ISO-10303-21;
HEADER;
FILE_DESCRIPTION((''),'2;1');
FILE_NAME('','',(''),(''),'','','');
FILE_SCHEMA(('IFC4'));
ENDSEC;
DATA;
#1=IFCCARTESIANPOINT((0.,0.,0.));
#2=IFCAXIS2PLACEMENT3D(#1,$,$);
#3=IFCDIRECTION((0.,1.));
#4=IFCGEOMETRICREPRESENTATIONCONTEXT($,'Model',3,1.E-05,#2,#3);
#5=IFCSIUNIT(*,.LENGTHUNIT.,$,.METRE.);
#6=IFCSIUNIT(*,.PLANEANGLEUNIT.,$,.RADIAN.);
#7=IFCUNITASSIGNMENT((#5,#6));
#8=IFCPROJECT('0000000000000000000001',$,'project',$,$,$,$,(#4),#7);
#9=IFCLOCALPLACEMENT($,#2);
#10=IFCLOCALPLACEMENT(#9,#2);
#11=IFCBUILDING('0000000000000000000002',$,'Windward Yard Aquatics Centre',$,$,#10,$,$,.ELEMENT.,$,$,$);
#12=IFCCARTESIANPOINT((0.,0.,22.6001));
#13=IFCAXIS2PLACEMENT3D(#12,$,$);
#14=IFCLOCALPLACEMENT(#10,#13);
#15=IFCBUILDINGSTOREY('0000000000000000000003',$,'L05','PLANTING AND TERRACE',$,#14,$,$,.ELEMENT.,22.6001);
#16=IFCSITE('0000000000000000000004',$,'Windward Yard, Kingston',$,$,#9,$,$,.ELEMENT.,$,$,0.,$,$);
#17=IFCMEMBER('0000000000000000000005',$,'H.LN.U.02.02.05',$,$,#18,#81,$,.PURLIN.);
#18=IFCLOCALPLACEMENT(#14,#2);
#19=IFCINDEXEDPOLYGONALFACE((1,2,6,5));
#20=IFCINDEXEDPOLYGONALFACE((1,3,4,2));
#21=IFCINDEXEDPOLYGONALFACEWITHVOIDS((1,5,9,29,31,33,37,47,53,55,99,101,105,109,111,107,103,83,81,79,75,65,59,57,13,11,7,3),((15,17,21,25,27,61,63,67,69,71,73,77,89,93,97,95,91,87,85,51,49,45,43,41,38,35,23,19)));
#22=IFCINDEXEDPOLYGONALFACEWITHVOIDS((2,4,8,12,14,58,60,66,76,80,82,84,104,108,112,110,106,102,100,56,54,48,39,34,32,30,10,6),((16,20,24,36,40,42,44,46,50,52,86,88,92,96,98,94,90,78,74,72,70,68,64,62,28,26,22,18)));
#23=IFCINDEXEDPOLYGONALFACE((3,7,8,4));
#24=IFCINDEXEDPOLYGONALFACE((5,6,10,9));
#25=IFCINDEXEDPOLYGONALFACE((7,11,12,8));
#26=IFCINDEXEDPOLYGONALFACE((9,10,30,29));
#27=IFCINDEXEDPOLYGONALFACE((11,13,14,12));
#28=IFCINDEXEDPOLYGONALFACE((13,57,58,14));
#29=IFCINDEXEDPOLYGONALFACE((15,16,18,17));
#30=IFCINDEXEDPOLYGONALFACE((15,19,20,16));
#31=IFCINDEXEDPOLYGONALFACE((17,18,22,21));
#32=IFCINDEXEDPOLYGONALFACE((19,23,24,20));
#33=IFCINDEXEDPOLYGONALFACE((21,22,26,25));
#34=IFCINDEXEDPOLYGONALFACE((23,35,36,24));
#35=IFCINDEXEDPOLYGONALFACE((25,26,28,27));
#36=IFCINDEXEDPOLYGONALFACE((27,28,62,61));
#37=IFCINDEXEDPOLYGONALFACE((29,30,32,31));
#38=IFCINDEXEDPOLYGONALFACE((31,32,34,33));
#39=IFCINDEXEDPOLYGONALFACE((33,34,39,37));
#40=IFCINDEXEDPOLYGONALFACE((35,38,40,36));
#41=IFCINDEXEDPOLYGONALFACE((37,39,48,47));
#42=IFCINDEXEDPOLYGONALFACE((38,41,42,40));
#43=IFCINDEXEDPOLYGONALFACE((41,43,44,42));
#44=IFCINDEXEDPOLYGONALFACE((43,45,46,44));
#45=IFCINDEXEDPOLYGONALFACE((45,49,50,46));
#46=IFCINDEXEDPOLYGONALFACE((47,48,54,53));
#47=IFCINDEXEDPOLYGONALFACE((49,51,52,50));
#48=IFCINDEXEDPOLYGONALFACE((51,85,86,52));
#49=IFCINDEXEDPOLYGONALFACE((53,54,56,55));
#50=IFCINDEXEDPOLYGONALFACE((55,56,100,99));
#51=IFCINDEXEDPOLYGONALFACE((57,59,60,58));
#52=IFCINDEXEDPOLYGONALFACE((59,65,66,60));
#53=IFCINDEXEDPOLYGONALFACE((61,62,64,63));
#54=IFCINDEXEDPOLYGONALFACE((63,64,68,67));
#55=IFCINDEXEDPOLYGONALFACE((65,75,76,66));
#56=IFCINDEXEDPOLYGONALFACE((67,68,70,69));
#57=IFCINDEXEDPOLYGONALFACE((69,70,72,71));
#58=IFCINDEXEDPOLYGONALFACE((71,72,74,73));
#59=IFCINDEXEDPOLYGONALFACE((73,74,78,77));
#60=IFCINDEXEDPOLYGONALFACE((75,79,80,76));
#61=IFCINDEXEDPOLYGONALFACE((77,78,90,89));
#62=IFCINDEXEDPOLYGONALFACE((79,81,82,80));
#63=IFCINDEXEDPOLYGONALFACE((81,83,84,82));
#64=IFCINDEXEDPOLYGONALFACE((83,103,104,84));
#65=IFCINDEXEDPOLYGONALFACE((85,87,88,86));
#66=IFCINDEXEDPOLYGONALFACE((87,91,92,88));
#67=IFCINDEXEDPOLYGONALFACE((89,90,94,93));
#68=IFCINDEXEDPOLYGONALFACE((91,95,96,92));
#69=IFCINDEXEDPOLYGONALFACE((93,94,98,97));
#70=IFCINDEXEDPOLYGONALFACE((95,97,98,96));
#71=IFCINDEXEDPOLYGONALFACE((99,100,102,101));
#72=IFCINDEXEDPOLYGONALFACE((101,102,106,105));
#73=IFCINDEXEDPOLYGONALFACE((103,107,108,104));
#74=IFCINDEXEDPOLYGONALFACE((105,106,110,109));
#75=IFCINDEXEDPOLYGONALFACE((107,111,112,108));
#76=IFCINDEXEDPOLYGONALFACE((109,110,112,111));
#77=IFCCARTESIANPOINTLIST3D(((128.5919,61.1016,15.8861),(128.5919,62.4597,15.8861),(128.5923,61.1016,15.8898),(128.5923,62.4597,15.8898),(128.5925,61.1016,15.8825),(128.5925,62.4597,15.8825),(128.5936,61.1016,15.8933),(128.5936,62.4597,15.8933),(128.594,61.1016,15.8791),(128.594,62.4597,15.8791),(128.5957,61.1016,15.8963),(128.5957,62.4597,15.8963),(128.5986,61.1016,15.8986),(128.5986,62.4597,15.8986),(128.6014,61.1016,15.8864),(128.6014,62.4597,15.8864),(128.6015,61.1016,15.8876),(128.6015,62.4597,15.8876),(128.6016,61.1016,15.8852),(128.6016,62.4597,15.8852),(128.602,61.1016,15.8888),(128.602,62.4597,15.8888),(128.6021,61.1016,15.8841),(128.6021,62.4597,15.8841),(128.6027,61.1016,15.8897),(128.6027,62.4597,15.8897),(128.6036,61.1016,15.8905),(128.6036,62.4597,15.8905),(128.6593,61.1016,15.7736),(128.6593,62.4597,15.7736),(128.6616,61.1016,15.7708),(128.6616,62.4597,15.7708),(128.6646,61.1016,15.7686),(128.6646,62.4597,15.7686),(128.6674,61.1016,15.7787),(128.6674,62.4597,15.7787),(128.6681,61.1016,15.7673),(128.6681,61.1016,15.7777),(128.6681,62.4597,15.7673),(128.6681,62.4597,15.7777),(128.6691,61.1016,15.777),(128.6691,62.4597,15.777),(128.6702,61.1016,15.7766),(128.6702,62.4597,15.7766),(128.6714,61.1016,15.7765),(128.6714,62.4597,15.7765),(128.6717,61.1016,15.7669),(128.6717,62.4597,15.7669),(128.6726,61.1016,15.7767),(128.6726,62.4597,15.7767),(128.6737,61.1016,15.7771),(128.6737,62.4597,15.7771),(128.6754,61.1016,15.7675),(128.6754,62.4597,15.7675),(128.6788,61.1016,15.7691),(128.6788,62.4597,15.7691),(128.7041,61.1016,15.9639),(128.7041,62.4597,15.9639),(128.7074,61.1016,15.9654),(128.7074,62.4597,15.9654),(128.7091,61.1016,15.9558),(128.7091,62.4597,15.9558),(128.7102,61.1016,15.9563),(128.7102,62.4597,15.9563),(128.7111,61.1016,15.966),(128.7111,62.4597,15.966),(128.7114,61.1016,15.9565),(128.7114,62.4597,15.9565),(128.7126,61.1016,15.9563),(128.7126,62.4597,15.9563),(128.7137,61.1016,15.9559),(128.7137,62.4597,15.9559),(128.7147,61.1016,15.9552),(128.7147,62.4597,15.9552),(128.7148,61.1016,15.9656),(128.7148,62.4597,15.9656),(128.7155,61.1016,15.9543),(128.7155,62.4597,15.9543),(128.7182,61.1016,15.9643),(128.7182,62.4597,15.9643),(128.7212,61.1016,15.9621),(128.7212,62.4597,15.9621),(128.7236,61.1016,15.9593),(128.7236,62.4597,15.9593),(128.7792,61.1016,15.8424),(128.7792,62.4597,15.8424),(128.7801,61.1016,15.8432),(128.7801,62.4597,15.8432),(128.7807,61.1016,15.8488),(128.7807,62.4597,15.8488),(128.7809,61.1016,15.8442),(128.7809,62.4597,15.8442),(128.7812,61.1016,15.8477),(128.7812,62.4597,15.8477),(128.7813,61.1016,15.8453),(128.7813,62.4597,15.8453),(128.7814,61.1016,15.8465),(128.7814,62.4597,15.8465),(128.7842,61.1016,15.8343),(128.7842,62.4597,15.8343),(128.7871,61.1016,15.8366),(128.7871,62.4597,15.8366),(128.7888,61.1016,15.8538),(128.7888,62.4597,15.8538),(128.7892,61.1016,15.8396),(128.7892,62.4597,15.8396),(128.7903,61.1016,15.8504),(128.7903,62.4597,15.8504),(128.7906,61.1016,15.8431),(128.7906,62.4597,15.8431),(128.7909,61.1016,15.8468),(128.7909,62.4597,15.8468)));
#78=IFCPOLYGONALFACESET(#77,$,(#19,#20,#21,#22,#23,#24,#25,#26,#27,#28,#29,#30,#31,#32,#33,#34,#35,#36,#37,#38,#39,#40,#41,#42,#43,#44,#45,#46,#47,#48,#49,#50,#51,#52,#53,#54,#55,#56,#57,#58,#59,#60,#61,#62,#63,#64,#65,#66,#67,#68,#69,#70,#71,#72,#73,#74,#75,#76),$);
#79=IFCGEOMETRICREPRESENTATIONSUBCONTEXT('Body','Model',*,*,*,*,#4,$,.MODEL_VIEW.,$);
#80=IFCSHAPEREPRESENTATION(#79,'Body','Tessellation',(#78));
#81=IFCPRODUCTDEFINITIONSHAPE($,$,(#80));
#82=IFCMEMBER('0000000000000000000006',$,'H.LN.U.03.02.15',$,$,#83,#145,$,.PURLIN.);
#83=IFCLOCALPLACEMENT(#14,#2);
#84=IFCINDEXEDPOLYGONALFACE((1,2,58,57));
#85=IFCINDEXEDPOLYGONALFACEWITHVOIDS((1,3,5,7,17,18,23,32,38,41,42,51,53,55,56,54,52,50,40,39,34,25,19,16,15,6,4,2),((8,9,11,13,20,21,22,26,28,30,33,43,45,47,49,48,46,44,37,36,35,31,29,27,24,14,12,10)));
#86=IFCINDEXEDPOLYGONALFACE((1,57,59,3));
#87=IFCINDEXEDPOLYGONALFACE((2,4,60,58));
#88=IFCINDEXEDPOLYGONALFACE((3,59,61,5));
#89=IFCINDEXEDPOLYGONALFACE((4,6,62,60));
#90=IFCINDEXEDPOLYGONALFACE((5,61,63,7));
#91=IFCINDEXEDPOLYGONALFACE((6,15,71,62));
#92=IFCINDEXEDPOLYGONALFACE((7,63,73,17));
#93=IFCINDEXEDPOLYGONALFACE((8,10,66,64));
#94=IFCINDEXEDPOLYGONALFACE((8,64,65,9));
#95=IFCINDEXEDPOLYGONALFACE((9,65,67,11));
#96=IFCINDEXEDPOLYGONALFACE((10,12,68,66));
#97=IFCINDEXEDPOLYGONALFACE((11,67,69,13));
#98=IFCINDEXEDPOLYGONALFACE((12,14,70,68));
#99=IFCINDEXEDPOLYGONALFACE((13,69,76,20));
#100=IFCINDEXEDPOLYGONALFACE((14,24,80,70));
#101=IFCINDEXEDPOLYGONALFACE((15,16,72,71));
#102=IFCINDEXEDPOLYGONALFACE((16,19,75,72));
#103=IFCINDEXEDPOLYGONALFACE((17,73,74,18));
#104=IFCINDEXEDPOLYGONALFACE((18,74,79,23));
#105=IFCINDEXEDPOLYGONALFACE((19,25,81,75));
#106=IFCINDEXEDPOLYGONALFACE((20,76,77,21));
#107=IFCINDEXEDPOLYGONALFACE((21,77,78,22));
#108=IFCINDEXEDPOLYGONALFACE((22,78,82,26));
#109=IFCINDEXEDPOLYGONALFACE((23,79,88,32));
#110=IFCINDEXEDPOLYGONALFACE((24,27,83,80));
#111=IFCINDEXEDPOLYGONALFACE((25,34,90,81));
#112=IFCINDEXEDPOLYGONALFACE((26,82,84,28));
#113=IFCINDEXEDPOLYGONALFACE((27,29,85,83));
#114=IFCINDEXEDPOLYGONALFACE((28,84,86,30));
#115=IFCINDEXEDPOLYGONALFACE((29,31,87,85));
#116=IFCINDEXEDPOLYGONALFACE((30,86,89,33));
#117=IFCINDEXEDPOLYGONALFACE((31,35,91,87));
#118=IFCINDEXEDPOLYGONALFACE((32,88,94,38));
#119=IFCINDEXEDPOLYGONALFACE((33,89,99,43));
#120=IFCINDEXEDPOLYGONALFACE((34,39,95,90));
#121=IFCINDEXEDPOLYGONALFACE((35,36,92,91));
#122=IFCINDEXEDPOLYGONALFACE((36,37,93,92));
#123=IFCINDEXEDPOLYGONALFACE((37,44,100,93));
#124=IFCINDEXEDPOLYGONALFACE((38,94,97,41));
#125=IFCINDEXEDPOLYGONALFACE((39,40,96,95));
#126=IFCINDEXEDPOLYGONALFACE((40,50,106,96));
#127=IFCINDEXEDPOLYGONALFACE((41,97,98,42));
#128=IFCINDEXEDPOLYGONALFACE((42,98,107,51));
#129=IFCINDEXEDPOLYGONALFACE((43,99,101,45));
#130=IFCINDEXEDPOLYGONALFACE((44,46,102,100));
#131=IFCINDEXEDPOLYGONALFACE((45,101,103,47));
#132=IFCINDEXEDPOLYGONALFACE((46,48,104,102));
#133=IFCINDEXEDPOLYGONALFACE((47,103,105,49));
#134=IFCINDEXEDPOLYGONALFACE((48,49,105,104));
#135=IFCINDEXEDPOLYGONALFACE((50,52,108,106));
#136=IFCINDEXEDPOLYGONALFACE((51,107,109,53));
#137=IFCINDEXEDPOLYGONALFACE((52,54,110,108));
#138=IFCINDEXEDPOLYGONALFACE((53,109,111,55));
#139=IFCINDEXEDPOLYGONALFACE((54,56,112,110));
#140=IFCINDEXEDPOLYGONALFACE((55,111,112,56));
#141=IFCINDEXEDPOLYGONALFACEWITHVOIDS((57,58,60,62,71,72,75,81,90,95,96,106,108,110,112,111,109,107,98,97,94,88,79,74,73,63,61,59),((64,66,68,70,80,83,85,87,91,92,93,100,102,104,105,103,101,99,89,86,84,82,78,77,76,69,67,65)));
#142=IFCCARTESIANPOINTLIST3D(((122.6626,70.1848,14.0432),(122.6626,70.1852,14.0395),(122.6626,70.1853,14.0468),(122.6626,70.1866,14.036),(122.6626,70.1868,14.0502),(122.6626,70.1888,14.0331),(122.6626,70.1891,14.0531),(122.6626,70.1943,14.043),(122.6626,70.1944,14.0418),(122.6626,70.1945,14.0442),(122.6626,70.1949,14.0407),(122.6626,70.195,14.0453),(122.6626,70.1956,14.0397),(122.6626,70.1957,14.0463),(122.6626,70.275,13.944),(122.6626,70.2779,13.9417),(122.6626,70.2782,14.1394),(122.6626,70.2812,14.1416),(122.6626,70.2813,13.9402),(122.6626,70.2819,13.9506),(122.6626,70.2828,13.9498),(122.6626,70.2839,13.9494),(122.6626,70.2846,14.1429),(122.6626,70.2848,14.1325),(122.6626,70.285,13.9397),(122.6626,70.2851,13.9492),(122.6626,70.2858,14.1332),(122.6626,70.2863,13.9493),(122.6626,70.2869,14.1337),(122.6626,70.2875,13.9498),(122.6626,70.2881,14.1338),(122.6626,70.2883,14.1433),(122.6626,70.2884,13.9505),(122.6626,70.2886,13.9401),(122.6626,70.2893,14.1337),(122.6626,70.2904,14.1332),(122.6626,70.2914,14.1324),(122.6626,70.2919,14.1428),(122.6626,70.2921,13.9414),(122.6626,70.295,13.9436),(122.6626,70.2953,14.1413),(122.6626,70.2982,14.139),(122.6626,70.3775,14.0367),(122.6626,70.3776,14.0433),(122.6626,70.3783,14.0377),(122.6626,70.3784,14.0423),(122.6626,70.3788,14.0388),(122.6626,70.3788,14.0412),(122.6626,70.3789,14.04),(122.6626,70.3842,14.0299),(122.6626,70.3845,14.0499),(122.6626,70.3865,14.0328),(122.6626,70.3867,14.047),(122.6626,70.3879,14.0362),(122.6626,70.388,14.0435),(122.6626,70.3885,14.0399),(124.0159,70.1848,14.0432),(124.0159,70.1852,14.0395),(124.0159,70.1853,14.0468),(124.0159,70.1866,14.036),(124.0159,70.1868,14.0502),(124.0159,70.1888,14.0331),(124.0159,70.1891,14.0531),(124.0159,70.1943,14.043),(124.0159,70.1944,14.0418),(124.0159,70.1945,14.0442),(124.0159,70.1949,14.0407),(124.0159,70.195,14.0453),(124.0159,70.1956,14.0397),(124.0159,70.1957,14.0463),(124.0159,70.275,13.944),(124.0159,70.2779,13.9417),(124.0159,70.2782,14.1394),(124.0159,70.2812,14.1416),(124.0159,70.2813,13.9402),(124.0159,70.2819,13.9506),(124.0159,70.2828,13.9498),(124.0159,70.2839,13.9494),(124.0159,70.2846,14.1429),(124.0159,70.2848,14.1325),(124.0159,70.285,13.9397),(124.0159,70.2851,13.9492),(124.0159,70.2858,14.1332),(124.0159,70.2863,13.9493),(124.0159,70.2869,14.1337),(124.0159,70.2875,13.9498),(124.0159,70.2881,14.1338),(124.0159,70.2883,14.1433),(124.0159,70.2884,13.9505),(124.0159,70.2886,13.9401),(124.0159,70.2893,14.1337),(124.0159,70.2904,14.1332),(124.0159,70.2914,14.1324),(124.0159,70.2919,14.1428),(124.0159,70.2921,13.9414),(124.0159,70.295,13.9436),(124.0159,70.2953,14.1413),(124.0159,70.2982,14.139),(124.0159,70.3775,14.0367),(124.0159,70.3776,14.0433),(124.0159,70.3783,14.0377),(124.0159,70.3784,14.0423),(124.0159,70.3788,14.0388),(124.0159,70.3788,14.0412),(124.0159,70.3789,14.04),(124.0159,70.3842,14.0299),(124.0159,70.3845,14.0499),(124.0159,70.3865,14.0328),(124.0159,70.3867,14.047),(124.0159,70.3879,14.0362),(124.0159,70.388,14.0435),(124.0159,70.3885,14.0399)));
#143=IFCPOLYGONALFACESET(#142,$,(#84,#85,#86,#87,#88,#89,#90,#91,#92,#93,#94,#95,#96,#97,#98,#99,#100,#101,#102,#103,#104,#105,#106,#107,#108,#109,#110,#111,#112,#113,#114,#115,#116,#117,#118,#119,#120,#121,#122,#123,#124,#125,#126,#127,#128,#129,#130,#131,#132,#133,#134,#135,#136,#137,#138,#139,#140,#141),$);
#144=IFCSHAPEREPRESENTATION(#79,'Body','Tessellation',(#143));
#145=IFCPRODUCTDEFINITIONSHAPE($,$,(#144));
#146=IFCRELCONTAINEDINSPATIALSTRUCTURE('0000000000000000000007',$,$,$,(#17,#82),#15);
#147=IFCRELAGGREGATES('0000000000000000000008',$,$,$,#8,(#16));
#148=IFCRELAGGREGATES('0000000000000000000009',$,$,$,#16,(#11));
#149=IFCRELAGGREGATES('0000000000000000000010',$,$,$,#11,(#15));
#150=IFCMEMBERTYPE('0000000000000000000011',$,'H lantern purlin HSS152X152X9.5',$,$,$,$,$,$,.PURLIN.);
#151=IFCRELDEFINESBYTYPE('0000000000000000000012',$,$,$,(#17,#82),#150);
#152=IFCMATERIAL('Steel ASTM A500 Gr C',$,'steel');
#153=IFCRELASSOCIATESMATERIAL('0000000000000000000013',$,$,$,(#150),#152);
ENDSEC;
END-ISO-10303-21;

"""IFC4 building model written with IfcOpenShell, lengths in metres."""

from ifc_helpers import new_model, si_unit, direction, frame, origin, origin_2d, place, context, subcontext, project, spatial, hollow_rectangle, extrude, material, material_profile, profile_set, type_object, element, save


model = new_model("IFC4")

# Units and contexts
model_context = context("Model", 3, precision=1e-05, world=origin(), true_north=direction((0.0, 1.0)))
body_context = subcontext(model_context, "Body", "Model", "MODEL_VIEW")
ifc_project = project(units=[si_unit("LENGTHUNIT", "METRE"), si_unit("PLANEANGLEUNIT", "RADIAN")], contexts=[model_context])

# Site, building, storey
site_placement = place(None, origin())
site = spatial("IfcSite", under=ifc_project, at=site_placement, Name="Windward Yard, Kingston", CompositionType="ELEMENT", RefElevation=0.0)
building_placement = place(site_placement, origin())
building = spatial("IfcBuilding", under=site, at=building_placement, Name="Windward Yard Aquatics Centre", CompositionType="ELEMENT")
storey_placement = place(building_placement, frame((0.0, 0.0, 22.6001)))
storey = spatial("IfcBuildingStorey", under=building, at=storey_placement, Name="L05", Description="PLANTING AND TERRACE", CompositionType="ELEMENT", Elevation=22.6001)

# Members
ifc_material_1 = material(Name="Steel ASTM A500 Gr C", Category="steel")
ifc_material_profile = material_profile(ifc_material_1, hollow_rectangle(XDim=0.1523, YDim=0.1523, WallThickness=0.0095, InnerFilletRadius=0.0046, OuterFilletRadius=0.0142, at=origin_2d()), Name="HSS152X152X9.5")
ifc_profile_set = profile_set([ifc_material_profile], Name="Steel ASTM A500 Gr C")
member_type = type_object("IfcMemberType", Name="H lantern purlin HSS152X152X9.5", PredefinedType="PURLIN", material=ifc_profile_set)
member_1_placement = place(storey_placement, frame((128.6914, 62.4597, 15.8665), z_axis=(0.0, -1.0, 0.0), x_axis=(0.526172, 0.0, -0.850378)))
element("IfcMember", 1, at=member_1_placement, inside=storey, type_object=member_type, Name="H.LN.U.02.02.05", PredefinedType="PURLIN", context=body_context, shape_type="SweptSolid", body=[
    extrude(hollow_rectangle(XDim=0.1523, YDim=0.1523, WallThickness=0.0095, InnerFilletRadius=0.0046, OuterFilletRadius=0.0142, at=origin_2d()), origin(), (0.0, 0.0, 1.0), 1.3582),
])
for number, where, z_axis, x_axis, name in (
    (2, (122.6626, 70.2866, 14.0415), (1.0, 0.0, 0.0), (0.0, 0.69555, -0.718477), "H.LN.U.03.02.15"),
):
    element("IfcMember", number, at=place(storey_placement, frame(where, z_axis=z_axis, x_axis=x_axis)), inside=storey, type_object=member_type, Name=name, PredefinedType="PURLIN", context=body_context, shape_type="SweptSolid", body=[
        extrude(hollow_rectangle(XDim=0.1523, YDim=0.1523, WallThickness=0.0095, InnerFilletRadius=0.0046, OuterFilletRadius=0.0142, at=origin_2d()), origin(), (0.0, 0.0, 1.0), 1.3533),
    ])

save(model, "model.ifc")
